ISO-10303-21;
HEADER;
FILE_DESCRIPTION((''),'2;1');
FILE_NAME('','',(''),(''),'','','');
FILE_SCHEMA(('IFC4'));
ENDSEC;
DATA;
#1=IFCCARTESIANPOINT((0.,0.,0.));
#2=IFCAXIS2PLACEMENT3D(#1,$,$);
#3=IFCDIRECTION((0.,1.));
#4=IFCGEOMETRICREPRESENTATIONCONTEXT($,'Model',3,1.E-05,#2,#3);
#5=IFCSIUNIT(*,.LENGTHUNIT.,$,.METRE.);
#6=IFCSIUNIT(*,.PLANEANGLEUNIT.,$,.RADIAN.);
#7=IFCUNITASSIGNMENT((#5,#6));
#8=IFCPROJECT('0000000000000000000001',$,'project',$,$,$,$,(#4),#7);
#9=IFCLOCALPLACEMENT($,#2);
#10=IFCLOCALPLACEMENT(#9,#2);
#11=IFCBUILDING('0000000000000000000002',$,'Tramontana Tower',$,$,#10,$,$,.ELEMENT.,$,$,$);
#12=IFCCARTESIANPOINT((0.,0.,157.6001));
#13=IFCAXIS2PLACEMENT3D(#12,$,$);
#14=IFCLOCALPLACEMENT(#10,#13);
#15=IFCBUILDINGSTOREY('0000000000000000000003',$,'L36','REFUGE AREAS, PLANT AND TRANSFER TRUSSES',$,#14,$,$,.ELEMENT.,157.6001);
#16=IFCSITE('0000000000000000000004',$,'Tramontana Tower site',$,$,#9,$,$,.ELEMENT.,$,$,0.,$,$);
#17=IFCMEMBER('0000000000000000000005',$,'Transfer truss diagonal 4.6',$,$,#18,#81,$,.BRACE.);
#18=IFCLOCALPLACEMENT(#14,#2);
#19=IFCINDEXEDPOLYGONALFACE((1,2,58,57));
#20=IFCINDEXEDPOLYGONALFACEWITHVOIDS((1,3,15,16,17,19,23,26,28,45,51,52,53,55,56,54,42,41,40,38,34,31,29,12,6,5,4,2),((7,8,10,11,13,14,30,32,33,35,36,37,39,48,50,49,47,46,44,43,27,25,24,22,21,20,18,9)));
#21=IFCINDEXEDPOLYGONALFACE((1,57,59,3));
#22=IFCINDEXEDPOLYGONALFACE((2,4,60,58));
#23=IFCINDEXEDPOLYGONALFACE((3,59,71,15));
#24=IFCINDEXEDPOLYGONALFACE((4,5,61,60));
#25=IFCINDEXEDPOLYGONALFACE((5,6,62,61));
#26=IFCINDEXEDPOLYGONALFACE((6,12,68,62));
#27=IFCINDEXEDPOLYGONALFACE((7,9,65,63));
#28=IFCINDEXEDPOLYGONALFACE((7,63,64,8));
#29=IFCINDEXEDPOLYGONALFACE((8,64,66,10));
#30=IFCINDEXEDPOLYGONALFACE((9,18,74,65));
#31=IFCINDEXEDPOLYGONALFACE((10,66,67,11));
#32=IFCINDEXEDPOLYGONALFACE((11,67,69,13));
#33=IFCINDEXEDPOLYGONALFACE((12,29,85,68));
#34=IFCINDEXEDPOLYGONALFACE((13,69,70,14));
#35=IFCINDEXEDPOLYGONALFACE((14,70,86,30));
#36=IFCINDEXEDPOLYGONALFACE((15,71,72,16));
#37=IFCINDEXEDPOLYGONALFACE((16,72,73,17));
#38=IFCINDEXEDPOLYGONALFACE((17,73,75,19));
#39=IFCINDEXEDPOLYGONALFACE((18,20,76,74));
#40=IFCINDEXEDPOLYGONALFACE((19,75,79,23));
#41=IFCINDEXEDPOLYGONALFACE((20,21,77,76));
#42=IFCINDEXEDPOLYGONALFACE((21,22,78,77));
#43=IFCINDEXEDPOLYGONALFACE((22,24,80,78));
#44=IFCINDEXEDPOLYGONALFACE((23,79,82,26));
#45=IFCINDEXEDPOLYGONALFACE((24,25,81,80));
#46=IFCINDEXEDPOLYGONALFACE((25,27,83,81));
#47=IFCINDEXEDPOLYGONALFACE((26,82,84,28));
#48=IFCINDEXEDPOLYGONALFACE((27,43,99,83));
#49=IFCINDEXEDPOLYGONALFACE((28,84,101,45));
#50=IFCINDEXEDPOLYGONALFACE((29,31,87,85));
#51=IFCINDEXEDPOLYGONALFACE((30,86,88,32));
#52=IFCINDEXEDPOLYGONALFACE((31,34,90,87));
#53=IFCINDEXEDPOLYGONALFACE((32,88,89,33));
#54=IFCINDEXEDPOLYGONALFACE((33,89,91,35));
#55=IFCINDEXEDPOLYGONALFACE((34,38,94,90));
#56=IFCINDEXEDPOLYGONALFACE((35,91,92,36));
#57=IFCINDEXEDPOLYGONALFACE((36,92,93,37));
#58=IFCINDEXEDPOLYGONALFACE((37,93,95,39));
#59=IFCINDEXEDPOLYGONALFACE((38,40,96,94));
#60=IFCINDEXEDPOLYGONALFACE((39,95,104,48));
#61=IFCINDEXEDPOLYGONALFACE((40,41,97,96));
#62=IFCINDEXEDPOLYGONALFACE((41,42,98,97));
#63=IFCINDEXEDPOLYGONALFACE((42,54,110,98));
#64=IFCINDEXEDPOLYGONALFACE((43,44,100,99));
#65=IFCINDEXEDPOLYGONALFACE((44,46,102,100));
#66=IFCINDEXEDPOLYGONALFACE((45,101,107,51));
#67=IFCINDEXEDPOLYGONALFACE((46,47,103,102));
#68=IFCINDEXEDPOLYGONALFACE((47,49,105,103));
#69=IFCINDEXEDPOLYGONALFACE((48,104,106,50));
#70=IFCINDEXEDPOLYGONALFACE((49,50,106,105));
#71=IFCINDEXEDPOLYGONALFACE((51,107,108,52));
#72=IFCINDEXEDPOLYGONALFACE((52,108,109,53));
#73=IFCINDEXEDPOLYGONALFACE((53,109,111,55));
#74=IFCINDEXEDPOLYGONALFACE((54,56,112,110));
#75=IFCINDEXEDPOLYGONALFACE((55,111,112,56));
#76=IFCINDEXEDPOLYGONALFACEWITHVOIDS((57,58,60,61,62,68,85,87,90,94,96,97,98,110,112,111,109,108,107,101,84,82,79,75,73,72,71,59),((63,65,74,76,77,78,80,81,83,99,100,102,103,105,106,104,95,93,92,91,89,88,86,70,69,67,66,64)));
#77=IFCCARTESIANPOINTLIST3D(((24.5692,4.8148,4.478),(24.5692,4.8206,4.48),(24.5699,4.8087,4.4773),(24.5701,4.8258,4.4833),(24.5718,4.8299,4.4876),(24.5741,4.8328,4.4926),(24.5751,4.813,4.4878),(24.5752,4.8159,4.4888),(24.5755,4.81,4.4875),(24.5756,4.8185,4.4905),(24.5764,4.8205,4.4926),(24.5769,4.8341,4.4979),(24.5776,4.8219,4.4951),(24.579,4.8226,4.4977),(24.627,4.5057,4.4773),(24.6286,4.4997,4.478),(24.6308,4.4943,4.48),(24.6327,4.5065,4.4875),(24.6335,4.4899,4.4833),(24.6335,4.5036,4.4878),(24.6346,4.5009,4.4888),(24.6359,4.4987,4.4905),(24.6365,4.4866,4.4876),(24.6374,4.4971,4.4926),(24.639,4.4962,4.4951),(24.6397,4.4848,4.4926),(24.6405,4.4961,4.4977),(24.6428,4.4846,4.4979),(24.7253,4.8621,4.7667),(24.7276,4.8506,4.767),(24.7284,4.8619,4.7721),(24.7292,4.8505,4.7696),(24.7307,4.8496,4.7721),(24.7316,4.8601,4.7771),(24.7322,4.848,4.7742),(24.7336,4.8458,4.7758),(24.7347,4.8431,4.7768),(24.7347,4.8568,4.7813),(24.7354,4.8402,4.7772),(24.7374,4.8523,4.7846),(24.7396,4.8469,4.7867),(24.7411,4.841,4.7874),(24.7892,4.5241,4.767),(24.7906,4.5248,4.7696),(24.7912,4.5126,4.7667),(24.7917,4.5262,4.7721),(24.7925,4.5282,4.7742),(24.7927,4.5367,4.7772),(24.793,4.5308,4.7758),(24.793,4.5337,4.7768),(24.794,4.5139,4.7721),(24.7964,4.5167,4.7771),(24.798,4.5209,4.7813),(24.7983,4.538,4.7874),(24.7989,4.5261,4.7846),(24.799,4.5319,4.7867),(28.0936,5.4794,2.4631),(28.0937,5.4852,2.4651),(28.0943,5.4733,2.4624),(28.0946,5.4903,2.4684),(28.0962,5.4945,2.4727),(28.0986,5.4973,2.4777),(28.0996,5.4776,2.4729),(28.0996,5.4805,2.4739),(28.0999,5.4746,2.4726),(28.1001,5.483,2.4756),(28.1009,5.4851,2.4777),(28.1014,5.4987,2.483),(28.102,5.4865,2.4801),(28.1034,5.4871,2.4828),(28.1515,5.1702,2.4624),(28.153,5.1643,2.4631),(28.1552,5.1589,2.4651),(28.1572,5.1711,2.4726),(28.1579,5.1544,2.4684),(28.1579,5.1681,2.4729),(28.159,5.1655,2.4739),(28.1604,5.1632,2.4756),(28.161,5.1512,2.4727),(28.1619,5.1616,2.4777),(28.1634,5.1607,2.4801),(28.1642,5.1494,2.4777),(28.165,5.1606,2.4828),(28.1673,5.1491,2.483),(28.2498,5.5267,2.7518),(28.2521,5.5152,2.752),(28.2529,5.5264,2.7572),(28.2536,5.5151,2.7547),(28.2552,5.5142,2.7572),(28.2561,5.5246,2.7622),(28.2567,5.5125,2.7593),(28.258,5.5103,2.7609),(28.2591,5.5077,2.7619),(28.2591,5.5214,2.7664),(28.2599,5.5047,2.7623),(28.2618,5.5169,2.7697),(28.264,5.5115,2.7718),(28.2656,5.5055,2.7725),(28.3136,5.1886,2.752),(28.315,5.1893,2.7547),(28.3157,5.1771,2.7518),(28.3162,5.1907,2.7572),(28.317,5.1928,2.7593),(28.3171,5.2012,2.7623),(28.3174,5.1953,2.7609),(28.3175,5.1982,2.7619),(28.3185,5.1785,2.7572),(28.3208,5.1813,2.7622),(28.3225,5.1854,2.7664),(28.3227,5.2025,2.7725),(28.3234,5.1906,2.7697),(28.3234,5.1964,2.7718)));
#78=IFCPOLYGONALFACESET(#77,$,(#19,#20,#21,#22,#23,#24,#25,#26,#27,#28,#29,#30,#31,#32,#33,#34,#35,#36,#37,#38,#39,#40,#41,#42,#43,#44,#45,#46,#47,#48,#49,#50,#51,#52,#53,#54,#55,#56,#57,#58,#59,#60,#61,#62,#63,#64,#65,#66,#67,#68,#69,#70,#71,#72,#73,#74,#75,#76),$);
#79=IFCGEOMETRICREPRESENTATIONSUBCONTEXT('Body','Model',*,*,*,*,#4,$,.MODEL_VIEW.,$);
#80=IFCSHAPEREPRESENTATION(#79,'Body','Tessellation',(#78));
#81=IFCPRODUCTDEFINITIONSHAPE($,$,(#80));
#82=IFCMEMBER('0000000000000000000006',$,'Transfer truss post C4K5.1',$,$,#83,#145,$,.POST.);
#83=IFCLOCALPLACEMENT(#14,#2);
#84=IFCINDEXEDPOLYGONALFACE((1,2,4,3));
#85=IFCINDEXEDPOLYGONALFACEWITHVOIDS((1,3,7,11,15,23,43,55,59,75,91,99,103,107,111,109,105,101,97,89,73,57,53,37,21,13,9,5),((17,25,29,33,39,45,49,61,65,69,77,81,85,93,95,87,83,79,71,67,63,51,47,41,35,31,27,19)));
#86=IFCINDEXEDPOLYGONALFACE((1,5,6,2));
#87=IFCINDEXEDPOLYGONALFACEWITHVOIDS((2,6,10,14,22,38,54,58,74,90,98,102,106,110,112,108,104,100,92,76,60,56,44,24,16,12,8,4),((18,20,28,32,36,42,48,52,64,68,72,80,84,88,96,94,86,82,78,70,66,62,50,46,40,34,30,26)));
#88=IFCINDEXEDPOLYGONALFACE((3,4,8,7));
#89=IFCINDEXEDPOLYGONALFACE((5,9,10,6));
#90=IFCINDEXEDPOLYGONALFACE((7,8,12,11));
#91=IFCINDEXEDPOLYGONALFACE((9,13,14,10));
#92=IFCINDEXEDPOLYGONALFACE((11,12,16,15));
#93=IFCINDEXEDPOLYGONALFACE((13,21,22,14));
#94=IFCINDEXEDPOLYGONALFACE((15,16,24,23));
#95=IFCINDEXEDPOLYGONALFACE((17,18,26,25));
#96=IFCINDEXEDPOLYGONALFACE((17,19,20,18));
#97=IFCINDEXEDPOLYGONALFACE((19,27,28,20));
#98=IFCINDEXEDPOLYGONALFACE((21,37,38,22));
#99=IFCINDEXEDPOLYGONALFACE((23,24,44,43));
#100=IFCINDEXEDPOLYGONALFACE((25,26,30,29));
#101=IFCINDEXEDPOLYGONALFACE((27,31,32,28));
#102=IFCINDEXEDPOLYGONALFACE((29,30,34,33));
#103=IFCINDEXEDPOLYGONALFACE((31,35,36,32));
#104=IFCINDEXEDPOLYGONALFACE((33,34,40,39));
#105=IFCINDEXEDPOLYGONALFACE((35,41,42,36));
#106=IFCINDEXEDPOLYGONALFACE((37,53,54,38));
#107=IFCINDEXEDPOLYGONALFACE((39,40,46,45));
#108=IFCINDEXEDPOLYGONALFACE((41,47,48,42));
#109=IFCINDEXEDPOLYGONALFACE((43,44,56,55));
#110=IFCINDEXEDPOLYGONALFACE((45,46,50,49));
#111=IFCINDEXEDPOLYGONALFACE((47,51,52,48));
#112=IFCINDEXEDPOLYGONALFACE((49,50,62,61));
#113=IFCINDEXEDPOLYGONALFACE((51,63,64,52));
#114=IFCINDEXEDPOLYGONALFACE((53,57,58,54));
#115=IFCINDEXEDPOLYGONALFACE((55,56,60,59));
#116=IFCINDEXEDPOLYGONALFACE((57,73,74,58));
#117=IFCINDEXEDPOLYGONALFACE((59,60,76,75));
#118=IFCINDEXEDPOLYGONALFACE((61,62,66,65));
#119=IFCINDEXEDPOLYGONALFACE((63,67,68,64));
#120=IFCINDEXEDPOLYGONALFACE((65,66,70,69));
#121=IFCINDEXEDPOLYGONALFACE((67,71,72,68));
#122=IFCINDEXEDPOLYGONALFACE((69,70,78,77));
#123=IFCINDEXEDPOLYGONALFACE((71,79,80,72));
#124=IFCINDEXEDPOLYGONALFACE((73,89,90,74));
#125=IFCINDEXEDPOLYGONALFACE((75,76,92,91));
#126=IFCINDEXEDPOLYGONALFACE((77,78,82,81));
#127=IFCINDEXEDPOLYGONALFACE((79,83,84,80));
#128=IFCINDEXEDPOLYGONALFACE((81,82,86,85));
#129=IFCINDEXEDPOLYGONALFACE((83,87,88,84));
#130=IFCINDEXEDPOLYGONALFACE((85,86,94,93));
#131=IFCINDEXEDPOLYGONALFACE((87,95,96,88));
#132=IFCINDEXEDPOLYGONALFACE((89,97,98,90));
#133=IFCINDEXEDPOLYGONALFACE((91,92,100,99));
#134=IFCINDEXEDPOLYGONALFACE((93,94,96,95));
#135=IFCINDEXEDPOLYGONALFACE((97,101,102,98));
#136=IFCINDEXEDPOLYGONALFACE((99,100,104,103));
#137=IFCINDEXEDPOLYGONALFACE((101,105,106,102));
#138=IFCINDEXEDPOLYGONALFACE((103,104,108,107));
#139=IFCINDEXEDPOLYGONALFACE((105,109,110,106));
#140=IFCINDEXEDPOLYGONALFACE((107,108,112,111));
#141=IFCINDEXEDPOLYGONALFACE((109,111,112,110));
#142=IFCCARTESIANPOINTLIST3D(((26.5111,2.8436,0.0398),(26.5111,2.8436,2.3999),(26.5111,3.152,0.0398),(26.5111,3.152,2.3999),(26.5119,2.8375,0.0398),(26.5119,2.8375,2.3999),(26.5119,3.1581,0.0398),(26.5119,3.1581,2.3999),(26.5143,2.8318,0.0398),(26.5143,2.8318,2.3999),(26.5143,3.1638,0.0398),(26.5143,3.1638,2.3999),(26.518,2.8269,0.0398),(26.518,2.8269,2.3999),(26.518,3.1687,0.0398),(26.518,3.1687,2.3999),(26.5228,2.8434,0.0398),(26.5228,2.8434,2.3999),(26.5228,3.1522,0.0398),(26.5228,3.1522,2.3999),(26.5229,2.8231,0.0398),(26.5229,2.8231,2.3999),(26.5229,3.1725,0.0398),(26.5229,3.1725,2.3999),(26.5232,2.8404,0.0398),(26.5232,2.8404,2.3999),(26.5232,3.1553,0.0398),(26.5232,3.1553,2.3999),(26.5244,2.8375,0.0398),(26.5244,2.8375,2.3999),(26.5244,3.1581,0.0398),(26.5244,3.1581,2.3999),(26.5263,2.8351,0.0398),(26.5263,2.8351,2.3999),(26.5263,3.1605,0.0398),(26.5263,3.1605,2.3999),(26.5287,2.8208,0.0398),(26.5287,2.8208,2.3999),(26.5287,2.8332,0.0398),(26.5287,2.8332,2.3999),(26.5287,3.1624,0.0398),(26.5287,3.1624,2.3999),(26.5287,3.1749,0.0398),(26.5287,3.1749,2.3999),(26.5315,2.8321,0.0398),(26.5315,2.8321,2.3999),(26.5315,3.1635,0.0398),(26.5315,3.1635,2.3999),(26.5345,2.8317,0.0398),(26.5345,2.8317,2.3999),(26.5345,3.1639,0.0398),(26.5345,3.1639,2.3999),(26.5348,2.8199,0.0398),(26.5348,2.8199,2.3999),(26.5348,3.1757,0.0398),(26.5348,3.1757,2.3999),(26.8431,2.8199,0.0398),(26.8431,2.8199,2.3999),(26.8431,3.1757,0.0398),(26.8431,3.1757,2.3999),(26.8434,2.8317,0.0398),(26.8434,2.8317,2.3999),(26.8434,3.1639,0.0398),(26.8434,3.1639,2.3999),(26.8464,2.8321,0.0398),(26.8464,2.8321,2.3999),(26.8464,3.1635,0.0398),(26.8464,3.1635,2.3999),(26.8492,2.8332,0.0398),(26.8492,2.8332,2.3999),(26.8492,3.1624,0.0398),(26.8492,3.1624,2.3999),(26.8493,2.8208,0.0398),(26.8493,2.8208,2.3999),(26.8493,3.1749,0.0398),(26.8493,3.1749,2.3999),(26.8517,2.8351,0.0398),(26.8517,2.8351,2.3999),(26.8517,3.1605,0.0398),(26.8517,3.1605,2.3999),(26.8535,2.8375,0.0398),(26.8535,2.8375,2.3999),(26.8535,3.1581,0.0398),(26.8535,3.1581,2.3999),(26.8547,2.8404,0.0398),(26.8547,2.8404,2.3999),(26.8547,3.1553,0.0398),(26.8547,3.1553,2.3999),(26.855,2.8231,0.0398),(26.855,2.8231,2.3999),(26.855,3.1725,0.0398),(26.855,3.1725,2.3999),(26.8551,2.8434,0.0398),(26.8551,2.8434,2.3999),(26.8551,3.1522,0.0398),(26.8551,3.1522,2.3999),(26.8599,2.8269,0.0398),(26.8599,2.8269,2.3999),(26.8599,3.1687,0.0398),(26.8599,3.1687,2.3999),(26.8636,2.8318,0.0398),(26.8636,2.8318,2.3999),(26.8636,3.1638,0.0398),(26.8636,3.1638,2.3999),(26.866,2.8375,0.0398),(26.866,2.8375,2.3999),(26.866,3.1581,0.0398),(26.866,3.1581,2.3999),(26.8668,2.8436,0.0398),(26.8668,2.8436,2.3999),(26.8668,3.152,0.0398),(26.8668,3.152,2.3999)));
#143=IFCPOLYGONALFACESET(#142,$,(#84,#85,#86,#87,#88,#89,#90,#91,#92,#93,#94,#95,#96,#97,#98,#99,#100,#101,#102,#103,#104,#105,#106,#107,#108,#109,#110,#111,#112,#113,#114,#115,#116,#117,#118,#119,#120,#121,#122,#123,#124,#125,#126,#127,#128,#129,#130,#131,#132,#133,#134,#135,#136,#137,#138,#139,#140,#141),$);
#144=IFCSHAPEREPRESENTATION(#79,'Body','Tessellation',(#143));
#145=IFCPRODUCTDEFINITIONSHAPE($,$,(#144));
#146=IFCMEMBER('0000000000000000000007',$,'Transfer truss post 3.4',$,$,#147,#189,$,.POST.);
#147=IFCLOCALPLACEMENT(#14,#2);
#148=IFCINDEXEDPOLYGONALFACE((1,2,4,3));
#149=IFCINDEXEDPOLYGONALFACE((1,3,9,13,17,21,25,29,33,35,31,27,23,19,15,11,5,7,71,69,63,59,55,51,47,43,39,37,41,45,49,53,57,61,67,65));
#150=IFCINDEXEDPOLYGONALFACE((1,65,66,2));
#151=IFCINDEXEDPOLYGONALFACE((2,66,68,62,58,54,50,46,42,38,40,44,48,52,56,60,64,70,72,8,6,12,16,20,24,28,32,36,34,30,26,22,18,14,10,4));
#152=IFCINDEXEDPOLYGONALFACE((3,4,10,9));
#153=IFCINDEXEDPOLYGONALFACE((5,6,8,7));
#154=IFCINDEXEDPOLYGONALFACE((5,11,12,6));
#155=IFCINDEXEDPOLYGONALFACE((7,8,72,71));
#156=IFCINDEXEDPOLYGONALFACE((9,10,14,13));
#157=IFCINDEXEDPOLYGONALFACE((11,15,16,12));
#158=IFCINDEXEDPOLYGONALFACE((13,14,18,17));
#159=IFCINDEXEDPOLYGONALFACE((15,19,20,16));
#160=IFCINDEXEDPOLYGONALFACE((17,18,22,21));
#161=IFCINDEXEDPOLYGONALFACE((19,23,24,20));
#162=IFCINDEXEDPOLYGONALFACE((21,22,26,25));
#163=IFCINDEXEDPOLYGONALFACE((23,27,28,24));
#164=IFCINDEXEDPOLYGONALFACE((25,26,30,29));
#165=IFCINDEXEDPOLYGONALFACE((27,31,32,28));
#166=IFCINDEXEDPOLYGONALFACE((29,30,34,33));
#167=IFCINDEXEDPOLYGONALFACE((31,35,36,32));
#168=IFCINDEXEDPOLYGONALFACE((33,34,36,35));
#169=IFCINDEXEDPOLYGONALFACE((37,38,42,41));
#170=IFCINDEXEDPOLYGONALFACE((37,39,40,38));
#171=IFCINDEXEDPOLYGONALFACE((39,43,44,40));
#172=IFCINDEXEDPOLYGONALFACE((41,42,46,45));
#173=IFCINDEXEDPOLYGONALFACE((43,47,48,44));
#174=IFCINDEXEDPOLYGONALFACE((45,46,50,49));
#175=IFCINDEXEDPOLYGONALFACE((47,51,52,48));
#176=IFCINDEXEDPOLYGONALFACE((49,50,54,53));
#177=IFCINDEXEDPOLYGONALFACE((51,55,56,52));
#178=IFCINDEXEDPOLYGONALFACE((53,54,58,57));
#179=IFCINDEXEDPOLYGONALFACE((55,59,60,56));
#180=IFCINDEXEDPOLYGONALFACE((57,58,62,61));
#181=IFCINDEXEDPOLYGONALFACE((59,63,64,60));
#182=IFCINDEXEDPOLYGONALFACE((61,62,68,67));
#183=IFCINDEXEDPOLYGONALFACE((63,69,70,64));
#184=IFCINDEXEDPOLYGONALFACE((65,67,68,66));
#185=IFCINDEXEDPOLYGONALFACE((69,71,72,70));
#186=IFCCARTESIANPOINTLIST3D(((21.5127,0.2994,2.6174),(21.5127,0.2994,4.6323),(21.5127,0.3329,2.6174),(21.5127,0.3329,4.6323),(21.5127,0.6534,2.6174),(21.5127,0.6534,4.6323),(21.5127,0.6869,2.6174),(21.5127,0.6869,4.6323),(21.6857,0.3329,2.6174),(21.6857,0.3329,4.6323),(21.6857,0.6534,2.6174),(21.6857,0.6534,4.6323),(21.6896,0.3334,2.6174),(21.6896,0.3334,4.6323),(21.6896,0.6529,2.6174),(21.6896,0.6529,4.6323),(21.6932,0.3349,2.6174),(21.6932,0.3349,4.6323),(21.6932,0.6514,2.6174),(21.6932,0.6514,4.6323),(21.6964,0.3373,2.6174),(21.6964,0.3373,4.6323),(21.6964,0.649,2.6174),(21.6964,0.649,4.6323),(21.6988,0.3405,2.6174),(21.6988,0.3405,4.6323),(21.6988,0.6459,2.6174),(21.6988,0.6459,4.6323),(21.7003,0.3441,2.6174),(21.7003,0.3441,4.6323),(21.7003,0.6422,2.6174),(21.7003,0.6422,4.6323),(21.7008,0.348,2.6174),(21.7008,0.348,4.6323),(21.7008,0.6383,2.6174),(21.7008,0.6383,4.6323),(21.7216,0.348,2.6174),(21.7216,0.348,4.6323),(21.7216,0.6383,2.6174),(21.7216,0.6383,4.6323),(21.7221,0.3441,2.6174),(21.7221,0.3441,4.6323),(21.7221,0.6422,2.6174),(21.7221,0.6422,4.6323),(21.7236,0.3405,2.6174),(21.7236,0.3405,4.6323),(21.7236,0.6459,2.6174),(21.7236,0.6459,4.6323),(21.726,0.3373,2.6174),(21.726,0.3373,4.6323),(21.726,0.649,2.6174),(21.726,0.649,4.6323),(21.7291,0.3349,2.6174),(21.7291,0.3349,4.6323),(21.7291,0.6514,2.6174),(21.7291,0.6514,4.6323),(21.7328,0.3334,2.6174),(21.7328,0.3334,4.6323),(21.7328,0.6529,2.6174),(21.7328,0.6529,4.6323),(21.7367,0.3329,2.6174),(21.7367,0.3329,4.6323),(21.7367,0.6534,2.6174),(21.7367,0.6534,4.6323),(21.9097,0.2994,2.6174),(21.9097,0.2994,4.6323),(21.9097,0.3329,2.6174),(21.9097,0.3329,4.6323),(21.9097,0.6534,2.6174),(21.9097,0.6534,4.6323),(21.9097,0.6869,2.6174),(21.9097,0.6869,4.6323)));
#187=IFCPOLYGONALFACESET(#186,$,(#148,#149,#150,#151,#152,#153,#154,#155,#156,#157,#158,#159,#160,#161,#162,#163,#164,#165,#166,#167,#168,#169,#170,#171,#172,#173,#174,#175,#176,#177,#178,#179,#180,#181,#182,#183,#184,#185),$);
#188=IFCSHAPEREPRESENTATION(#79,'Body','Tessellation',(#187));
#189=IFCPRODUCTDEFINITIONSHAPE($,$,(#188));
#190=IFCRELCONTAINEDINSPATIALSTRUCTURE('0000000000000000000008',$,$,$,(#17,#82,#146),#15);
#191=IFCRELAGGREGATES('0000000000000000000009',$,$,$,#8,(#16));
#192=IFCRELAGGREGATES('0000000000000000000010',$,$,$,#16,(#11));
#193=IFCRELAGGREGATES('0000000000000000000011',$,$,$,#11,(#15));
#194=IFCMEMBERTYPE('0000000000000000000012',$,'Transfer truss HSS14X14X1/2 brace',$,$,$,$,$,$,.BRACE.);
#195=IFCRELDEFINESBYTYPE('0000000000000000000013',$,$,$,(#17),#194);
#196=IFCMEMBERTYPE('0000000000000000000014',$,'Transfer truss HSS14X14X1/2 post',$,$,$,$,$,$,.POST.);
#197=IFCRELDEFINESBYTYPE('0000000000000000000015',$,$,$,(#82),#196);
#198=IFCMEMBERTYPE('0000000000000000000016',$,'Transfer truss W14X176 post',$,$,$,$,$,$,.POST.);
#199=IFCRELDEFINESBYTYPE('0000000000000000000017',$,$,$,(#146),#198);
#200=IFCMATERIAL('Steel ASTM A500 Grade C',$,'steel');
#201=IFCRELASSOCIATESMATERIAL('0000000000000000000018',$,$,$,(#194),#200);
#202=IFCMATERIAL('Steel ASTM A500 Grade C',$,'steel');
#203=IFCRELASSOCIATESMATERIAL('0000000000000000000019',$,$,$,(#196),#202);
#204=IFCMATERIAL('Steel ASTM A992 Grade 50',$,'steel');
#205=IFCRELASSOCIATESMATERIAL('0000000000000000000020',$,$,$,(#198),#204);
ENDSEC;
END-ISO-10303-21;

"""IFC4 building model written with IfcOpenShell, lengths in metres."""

from ifc_helpers import new_model, si_unit, direction, frame, origin, origin_2d, place, context, subcontext, project, spatial, hollow_rectangle, i_section, extrude, material, material_profile, profile_set, type_object, element, save


model = new_model("IFC4")

# Units and contexts
model_context = context("Model", 3, precision=1e-05, world=origin(), true_north=direction((0.0, 1.0)))
body_context = subcontext(model_context, "Body", "Model", "MODEL_VIEW")
ifc_project = project(units=[si_unit("LENGTHUNIT", "METRE"), si_unit("PLANEANGLEUNIT", "RADIAN")], contexts=[model_context])

# Site, building, storey
site_placement = place(None, origin())
site = spatial("IfcSite", under=ifc_project, at=site_placement, Name="Tramontana Tower site", CompositionType="ELEMENT", RefElevation=0.0)
building_placement = place(site_placement, origin())
building = spatial("IfcBuilding", under=site, at=building_placement, Name="Tramontana Tower", CompositionType="ELEMENT")
storey_placement = place(building_placement, frame((0.0, 0.0, 157.6001)))
storey = spatial("IfcBuildingStorey", under=building, at=storey_placement, Name="L36", Description="REFUGE AREAS, PLANT AND TRANSFER TRUSSES", CompositionType="ELEMENT", Elevation=157.6001)

# Members
ifc_material_1 = material(Name="Steel ASTM A500 Grade C", Category="steel")
ifc_material_profile_1 = material_profile(ifc_material_1, hollow_rectangle(XDim=0.3557, YDim=0.3557, WallThickness=0.0117, InnerFilletRadius=0.0117, OuterFilletRadius=0.0237, at=origin_2d()), Name="HSS14X14X1/2")
ifc_profile_set_1 = profile_set([ifc_material_profile_1], Name="Steel ASTM A500 Grade C")
member_type_1 = type_object("IfcMemberType", Name="Transfer truss HSS14X14X1/2 brace", PredefinedType="BRACE", material=ifc_profile_set_1)
member_1_placement = place(storey_placement, frame((24.6841, 4.6733, 4.6323), z_axis=(0.856741, 0.161544, -0.489795), x_axis=(-0.185291, 0.982684, 0.0)))
element("IfcMember", 1, at=member_1_placement, inside=storey, type_object=member_type_1, Name="Transfer truss diagonal 4.6", PredefinedType="BRACE", context=body_context, shape_type="SweptSolid", body=[
    extrude(hollow_rectangle(XDim=0.3557, YDim=0.3557, WallThickness=0.0117, InnerFilletRadius=0.0117, OuterFilletRadius=0.0237, at=origin_2d()), origin(), (0.0, 0.0, 1.0), 4.1138),
])
ifc_material_2 = material(Name="Steel ASTM A500 Grade C", Category="steel")
ifc_material_profile_2 = material_profile(ifc_material_2, hollow_rectangle(XDim=0.3557, YDim=0.3557, WallThickness=0.0117, InnerFilletRadius=0.0117, OuterFilletRadius=0.0237, at=origin_2d()), Name="HSS14X14X1/2")
ifc_profile_set_2 = profile_set([ifc_material_profile_2], Name="Steel ASTM A500 Grade C")
member_type_2 = type_object("IfcMemberType", Name="Transfer truss HSS14X14X1/2 post", PredefinedType="POST", material=ifc_profile_set_2)
member_2_placement = place(storey_placement, frame((26.689, 2.9978, 0.0398), z_axis=(0.0, 0.0, 1.0), x_axis=(1.0, 0.0, 0.0)))
element("IfcMember", 2, at=member_2_placement, inside=storey, type_object=member_type_2, Name="Transfer truss post C4K5.1", PredefinedType="POST", context=body_context, shape_type="SweptSolid", body=[
    extrude(hollow_rectangle(XDim=0.3557, YDim=0.3557, WallThickness=0.0117, InnerFilletRadius=0.0117, OuterFilletRadius=0.0237, at=origin_2d()), origin(), (0.0, 0.0, 1.0), 2.3601),
])
ifc_material_3 = material(Name="Steel ASTM A992 Grade 50", Category="steel")
ifc_material_profile_3 = material_profile(ifc_material_3, i_section(OverallWidth=0.397, OverallDepth=0.3875, WebThickness=0.0208, FlangeThickness=0.0334, FilletRadius=0.0151, at=origin_2d()), Name="W14X176")
ifc_profile_set_3 = profile_set([ifc_material_profile_3], Name="Steel ASTM A992 Grade 50")
member_type_3 = type_object("IfcMemberType", Name="Transfer truss W14X176 post", PredefinedType="POST", material=ifc_profile_set_3)
for number, where, z_axis, x_axis, name in (
    (3, (21.7112, 0.4932, 2.6174), (0.0, 0.0, 1.0), (1.0, 0.0, 0.0), "Transfer truss post 3.4"),
):
    element("IfcMember", number, at=place(storey_placement, frame(where, z_axis=z_axis, x_axis=x_axis)), inside=storey, type_object=member_type_3, Name=name, PredefinedType="POST", context=body_context, shape_type="SweptSolid", body=[
        extrude(i_section(OverallWidth=0.397, OverallDepth=0.3875, WebThickness=0.0208, FlangeThickness=0.0334, FilletRadius=0.0151, at=origin_2d()), origin(), (0.0, 0.0, 1.0), 2.0149),
    ])

save(model, "model.ifc")
